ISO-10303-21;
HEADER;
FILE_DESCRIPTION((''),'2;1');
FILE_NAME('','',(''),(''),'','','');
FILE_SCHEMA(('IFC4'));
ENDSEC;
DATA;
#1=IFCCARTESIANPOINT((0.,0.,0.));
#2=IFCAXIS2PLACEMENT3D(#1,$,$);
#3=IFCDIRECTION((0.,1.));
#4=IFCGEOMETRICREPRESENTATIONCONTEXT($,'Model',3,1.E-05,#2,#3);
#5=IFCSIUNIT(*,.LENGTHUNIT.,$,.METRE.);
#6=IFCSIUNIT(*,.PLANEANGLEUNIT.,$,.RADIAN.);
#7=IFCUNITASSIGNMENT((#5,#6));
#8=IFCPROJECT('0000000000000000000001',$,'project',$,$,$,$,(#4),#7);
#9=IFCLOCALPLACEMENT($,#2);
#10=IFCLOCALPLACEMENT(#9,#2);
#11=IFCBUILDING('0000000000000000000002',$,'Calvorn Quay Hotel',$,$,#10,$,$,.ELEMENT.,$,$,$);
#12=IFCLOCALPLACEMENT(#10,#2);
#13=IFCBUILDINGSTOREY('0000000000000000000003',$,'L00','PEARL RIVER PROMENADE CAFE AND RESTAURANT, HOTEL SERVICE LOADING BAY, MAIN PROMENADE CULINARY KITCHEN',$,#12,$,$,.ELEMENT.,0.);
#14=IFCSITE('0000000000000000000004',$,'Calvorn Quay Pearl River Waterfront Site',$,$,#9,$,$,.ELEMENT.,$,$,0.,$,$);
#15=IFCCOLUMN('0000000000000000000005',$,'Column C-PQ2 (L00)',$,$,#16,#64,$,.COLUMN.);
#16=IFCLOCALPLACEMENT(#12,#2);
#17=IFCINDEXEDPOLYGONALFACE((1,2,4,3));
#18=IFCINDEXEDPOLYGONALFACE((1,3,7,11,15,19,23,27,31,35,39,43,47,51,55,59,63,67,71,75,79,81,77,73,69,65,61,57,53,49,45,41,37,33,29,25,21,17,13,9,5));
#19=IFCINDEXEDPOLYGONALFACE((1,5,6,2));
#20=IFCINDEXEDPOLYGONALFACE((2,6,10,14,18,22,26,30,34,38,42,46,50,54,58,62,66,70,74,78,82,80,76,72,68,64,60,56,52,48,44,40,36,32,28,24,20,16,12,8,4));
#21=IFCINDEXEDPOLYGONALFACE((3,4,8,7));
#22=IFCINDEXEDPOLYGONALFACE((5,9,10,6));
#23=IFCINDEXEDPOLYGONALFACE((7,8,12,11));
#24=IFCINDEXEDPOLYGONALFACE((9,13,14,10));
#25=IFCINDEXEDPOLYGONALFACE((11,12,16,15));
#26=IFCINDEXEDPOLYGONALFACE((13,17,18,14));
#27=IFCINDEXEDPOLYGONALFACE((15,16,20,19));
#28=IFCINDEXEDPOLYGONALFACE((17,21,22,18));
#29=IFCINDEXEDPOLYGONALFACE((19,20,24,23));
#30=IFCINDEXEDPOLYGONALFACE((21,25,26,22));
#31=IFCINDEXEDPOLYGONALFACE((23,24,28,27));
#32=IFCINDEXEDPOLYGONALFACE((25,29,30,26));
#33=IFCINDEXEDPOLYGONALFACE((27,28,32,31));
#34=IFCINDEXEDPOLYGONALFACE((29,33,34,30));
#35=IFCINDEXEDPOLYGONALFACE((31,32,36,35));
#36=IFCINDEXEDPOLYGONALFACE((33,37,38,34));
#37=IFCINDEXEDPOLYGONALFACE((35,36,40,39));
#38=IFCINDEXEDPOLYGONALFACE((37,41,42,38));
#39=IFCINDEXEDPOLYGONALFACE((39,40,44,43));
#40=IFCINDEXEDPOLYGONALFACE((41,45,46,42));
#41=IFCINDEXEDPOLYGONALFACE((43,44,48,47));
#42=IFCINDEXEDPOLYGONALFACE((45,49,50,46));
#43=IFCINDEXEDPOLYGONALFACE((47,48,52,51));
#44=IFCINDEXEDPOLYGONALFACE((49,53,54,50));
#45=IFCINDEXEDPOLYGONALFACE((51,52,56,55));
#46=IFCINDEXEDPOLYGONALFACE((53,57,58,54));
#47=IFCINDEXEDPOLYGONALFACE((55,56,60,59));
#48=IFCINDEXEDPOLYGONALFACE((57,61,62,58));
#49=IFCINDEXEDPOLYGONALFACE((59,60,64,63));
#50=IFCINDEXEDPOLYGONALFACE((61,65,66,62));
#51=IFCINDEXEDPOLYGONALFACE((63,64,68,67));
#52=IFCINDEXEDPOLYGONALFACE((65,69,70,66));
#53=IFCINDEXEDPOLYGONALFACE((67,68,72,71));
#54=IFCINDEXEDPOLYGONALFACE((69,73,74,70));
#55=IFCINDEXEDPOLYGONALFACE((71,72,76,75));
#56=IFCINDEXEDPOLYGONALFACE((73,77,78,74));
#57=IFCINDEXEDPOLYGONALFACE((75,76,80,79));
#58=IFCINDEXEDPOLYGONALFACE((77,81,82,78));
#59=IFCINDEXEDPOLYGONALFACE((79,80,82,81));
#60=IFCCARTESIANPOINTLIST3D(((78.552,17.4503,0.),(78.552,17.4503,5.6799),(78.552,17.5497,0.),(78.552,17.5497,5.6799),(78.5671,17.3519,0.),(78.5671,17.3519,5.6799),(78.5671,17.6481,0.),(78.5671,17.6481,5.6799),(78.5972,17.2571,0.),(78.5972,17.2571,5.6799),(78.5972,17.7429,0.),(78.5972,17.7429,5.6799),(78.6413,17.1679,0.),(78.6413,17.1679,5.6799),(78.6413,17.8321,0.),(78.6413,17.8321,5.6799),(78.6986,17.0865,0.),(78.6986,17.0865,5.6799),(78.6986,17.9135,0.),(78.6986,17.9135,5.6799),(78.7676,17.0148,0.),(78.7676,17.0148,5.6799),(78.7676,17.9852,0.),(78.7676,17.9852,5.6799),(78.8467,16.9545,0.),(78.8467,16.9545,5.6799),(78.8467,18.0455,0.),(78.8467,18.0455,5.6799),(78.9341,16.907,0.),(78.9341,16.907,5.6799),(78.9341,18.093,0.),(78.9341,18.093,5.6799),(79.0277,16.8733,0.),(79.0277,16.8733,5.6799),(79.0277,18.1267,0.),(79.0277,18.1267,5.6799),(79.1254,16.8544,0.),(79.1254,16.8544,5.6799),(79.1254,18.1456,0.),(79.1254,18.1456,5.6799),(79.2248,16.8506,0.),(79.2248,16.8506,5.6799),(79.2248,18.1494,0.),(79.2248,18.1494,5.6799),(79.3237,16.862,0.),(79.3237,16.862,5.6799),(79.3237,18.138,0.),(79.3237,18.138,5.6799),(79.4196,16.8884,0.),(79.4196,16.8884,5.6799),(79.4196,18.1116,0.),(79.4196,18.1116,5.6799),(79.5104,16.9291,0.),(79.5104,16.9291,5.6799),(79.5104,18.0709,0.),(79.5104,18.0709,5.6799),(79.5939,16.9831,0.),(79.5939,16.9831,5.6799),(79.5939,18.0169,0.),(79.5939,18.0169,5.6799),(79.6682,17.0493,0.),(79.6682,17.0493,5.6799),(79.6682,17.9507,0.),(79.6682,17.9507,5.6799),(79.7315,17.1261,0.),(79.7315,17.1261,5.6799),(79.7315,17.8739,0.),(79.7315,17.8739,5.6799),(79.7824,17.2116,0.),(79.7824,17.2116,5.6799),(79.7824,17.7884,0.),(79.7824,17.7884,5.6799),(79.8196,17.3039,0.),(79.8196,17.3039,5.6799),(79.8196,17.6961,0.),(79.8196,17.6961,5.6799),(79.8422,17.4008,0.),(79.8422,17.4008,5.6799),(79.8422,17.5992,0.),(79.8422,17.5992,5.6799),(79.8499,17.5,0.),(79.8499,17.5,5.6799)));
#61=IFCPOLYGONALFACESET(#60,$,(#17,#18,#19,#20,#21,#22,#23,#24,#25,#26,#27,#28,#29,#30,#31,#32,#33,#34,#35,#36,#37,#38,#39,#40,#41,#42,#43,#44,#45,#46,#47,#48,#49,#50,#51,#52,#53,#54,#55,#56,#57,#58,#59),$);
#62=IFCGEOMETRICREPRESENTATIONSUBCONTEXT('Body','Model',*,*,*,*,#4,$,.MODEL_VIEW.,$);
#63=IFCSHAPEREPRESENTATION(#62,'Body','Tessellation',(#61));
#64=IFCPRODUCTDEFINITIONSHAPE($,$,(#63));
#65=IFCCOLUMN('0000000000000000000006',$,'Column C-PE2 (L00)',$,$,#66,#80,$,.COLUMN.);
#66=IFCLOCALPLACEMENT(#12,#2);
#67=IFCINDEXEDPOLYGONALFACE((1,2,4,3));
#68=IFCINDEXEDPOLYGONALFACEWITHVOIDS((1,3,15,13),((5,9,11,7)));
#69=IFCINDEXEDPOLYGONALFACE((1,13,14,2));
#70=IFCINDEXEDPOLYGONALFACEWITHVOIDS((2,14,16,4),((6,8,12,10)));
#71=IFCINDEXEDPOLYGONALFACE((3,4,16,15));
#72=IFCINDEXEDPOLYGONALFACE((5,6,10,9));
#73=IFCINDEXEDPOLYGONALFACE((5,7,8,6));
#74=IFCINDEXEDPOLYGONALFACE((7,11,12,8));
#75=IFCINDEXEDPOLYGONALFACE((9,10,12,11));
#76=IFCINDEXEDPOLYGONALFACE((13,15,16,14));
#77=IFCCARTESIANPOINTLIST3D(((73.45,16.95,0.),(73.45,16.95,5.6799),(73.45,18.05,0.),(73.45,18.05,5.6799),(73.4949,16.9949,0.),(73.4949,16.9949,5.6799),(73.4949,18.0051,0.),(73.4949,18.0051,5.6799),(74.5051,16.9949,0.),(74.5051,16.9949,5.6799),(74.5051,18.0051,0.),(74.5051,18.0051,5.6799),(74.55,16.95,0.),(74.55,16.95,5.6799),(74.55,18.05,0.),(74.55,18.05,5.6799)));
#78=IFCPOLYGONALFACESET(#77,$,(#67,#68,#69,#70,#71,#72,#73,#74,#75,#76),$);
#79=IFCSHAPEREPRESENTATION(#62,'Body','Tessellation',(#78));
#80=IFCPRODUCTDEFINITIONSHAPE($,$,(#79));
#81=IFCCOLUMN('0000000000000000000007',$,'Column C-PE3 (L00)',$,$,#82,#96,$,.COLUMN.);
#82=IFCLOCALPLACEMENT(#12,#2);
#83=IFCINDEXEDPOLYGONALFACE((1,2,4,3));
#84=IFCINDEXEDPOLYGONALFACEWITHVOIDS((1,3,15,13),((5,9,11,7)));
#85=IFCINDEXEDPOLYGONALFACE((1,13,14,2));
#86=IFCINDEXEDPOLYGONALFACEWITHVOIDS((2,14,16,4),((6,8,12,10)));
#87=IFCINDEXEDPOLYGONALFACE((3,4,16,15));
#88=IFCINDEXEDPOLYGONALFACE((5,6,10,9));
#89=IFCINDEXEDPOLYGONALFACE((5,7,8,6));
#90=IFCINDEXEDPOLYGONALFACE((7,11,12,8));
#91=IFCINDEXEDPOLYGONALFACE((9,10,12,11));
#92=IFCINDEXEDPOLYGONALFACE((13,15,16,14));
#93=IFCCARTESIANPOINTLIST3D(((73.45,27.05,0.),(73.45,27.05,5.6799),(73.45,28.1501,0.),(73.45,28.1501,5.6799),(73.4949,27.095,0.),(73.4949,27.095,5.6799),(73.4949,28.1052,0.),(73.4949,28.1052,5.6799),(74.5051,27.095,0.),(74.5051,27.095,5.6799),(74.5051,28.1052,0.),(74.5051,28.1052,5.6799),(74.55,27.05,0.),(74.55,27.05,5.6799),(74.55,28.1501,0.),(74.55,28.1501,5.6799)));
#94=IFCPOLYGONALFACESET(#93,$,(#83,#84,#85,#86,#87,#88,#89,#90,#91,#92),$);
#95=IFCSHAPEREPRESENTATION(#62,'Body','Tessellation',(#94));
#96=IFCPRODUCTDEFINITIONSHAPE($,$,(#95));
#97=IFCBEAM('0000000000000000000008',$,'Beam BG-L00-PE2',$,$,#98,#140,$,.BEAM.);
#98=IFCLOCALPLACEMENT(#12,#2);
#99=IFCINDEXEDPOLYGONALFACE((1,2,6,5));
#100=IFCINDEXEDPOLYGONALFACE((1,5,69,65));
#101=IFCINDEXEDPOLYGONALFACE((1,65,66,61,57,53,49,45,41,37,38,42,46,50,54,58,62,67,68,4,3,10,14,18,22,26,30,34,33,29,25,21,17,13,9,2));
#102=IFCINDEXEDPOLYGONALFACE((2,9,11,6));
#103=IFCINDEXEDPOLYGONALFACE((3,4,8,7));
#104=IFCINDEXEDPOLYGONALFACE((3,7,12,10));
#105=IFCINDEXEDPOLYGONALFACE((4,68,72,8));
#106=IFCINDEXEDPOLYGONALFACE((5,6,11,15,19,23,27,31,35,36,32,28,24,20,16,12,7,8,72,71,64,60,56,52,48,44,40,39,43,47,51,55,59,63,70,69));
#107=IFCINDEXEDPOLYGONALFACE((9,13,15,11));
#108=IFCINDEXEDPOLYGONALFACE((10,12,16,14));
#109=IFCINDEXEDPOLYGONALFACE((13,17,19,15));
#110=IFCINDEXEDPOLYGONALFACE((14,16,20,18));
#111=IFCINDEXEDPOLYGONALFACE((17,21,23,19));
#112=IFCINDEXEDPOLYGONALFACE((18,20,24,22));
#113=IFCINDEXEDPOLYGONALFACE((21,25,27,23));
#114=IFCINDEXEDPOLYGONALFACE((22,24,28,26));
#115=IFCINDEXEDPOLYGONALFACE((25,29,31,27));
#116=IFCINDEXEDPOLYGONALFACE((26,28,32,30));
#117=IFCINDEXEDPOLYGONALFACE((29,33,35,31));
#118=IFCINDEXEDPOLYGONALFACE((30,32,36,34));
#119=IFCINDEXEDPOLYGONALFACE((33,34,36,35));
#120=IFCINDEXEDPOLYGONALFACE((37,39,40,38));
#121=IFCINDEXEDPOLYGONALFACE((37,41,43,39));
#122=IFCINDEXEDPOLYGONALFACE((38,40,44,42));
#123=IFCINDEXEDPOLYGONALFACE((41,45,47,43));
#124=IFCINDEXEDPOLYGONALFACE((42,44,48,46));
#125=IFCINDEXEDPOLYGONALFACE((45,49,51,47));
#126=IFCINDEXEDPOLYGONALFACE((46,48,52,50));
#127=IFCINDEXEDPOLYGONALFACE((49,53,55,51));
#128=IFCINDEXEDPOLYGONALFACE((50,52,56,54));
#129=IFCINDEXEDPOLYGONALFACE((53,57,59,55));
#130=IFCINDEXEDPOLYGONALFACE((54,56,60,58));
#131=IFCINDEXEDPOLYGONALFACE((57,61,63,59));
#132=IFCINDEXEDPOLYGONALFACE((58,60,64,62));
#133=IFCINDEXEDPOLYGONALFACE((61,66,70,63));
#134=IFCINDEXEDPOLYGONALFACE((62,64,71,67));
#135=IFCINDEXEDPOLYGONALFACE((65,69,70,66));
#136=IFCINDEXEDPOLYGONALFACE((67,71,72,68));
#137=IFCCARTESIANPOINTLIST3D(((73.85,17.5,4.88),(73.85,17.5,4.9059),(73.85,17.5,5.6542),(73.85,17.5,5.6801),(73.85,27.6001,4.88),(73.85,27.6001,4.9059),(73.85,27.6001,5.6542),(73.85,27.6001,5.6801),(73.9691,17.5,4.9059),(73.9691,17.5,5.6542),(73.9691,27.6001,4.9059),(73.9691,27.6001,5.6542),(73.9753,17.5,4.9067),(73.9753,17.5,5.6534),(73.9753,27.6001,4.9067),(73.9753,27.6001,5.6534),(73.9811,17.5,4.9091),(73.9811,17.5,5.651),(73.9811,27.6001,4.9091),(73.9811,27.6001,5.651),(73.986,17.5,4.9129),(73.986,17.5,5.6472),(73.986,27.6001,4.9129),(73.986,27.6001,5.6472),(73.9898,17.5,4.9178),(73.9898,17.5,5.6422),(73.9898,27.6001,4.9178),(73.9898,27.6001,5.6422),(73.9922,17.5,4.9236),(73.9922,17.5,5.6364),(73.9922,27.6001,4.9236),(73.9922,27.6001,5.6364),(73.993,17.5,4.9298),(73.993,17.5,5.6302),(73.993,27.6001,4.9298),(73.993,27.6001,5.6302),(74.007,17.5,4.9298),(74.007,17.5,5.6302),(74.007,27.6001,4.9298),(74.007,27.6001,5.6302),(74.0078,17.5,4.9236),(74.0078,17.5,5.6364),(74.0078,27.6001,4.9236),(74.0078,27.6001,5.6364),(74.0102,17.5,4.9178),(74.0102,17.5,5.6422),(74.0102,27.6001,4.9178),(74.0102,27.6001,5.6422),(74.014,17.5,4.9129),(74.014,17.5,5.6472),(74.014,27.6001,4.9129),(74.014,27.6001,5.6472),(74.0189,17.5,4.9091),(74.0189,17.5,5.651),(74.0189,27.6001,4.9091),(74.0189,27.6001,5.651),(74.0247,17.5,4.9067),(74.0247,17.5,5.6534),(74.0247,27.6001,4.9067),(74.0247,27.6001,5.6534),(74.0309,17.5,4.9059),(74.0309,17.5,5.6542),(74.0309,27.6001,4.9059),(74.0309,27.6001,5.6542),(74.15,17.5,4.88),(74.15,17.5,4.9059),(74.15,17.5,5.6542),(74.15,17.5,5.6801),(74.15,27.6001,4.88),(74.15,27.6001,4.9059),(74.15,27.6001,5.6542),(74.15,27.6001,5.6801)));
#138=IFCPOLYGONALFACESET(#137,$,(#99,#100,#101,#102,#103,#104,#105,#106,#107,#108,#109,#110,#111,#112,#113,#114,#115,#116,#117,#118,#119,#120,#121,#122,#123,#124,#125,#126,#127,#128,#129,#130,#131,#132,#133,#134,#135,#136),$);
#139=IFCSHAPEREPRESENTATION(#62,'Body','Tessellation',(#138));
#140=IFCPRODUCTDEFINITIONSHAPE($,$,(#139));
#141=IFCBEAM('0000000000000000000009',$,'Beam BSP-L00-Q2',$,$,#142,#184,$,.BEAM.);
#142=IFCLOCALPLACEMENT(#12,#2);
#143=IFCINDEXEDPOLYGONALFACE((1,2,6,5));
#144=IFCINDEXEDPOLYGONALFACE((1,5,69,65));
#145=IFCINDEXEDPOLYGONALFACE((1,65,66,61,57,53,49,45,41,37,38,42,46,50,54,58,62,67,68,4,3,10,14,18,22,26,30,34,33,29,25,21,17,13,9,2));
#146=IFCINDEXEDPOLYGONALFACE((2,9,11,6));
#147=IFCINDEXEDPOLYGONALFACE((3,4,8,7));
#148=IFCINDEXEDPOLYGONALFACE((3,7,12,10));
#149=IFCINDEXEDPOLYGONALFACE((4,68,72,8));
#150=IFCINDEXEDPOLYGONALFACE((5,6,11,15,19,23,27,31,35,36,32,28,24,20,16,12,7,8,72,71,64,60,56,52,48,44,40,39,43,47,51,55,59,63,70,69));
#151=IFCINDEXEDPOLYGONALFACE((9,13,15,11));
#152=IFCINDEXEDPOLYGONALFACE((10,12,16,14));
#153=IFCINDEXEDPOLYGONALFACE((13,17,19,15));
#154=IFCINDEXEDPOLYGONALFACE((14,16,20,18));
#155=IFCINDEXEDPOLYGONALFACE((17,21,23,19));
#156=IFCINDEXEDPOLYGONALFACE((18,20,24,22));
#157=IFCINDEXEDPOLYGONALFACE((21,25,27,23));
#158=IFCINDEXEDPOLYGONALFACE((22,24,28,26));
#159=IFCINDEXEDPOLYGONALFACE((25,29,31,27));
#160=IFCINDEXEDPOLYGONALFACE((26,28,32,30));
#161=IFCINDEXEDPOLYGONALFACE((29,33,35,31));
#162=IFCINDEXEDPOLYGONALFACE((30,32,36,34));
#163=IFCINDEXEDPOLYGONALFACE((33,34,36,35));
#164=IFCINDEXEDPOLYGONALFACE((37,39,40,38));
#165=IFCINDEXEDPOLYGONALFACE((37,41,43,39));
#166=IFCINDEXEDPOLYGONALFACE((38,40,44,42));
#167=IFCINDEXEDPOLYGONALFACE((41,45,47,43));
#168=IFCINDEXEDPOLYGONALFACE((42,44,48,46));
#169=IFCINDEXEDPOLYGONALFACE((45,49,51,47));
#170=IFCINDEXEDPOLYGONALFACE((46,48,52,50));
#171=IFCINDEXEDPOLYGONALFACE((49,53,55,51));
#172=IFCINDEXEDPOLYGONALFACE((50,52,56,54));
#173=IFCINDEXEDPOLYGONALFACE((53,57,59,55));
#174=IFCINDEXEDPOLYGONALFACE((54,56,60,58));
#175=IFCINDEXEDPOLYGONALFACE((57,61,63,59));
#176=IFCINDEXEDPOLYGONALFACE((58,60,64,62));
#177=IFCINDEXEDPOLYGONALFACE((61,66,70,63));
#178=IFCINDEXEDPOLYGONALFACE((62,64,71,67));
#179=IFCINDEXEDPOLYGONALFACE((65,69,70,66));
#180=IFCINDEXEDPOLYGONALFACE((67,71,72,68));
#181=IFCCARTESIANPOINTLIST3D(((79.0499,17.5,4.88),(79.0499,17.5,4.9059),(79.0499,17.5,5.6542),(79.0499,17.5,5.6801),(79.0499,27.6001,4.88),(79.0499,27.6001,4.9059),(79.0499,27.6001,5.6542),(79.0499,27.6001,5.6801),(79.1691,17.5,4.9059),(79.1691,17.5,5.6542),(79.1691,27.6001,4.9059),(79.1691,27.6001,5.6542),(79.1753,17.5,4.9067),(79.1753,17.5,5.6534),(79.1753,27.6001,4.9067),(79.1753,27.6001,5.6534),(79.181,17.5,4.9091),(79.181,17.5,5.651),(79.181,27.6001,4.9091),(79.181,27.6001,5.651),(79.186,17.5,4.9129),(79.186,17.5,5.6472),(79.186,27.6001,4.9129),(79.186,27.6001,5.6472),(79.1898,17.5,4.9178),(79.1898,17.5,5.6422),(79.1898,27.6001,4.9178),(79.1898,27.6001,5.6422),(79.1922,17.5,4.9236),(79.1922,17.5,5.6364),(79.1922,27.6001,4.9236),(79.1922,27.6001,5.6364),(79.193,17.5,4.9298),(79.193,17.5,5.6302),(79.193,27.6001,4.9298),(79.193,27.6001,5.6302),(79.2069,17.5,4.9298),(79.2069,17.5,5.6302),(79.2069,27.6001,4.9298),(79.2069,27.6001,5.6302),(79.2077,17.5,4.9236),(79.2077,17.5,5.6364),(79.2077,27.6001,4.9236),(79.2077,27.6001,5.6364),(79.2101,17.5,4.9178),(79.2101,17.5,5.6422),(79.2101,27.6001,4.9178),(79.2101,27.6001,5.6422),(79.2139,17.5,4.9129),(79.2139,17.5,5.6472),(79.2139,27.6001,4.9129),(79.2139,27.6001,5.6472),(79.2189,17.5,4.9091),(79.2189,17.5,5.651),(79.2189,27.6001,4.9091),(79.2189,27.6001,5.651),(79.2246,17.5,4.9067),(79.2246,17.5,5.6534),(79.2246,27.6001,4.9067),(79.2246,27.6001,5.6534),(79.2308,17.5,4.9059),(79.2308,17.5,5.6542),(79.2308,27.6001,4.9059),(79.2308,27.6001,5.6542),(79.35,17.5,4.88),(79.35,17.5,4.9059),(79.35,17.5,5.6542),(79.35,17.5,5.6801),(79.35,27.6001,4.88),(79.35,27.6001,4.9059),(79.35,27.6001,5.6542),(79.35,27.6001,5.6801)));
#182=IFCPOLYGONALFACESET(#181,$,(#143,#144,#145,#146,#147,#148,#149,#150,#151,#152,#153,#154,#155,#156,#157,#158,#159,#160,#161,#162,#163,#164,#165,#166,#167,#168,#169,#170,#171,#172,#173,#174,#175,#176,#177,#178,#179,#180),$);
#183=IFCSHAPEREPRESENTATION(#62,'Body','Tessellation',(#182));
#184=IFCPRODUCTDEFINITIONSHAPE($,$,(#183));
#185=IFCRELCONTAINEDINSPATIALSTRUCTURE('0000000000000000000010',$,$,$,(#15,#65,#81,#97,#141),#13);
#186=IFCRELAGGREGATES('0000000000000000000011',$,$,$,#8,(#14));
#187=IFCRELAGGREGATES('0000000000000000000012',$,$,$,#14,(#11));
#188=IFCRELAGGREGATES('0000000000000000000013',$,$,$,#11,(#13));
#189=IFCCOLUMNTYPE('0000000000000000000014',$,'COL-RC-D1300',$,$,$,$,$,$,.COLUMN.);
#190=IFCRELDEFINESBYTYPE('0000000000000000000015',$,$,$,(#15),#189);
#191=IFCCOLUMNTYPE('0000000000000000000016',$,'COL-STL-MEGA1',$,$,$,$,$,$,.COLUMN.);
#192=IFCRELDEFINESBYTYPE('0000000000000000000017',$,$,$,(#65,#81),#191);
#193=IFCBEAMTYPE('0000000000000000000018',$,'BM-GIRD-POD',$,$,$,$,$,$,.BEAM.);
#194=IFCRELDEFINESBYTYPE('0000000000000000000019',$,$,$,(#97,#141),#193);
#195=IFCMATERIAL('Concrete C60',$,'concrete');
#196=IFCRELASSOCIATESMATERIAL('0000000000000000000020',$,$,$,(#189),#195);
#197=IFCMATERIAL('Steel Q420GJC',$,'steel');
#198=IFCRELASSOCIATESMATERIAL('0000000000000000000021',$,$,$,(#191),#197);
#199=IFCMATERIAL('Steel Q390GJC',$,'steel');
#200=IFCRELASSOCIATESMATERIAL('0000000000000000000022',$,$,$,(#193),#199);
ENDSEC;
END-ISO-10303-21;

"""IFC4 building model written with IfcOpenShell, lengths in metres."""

from ifc_helpers import new_model, si_unit, direction, frame, origin, origin_2d, place, context, subcontext, project, spatial, hollow_rectangle, circle, i_section, extrude, material, material_profile, profile_set, type_object, element, save


model = new_model("IFC4")

# Units and contexts
model_context = context("Model", 3, precision=1e-05, world=origin(), true_north=direction((0.0, 1.0)))
body_context = subcontext(model_context, "Body", "Model", "MODEL_VIEW")
ifc_project = project(units=[si_unit("LENGTHUNIT", "METRE"), si_unit("PLANEANGLEUNIT", "RADIAN")], contexts=[model_context])

# Site, building, storey
site_placement = place(None, origin())
site = spatial("IfcSite", under=ifc_project, at=site_placement, Name="Calvorn Quay Pearl River Waterfront Site", CompositionType="ELEMENT", RefElevation=0.0)
building_placement = place(site_placement, origin())
building = spatial("IfcBuilding", under=site, at=building_placement, Name="Calvorn Quay Hotel", CompositionType="ELEMENT")
storey_placement = place(building_placement, origin())
storey = spatial("IfcBuildingStorey", under=building, at=storey_placement, Name="L00", Description="PEARL RIVER PROMENADE CAFE AND RESTAURANT, HOTEL SERVICE LOADING BAY, MAIN PROMENADE CULINARY KITCHEN", CompositionType="ELEMENT", Elevation=0.0)

# Columns
ifc_material_1 = material(Name="Concrete C60", Category="concrete")
ifc_material_profile_1 = material_profile(ifc_material_1, circle(Radius=0.6499, at=origin_2d()), Name="RCD1300")
ifc_profile_set_1 = profile_set([ifc_material_profile_1], Name="Concrete C60")
column_type_1 = type_object("IfcColumnType", Name="COL-RC-D1300", PredefinedType="COLUMN", material=ifc_profile_set_1)
column_placement = place(storey_placement, frame((79.2, 17.5, 0.0), z_axis=(0.0, 0.0, 1.0), x_axis=(1.0, 0.0, 0.0)))
element("IfcColumn", 1, at=column_placement, inside=storey, type_object=column_type_1, Name="Column C-PQ2 (L00)", PredefinedType="COLUMN", context=body_context, shape_type="SweptSolid", body=[
    extrude(circle(Radius=0.6499, at=origin_2d()), origin(), (0.0, 0.0, 1.0), 5.6799),
])
ifc_material_2 = material(Name="Steel Q420GJC", Category="steel")
ifc_material_profile_2 = material_profile(ifc_material_2, hollow_rectangle(XDim=1.1001, YDim=1.1001, WallThickness=0.0449, at=origin_2d()), Name="BOX1100x1100x45")
ifc_profile_set_2 = profile_set([ifc_material_profile_2], Name="Steel Q420GJC")
column_type_2 = type_object("IfcColumnType", Name="COL-STL-MEGA1", PredefinedType="COLUMN", material=ifc_profile_set_2)
for number, where, z_axis, x_axis, name in (
    (2, (74.0, 17.5, 0.0), (0.0, 0.0, 1.0), (1.0, 0.0, 0.0), "Column C-PE2 (L00)"),
    (3, (74.0, 27.6001, 0.0), (0.0, 0.0, 1.0), (1.0, 0.0, 0.0), "Column C-PE3 (L00)"),
):
    element("IfcColumn", number, at=place(storey_placement, frame(where, z_axis=z_axis, x_axis=x_axis)), inside=storey, type_object=column_type_2, Name=name, PredefinedType="COLUMN", context=body_context, shape_type="SweptSolid", body=[
        extrude(hollow_rectangle(XDim=1.1001, YDim=1.1001, WallThickness=0.0449, at=origin_2d()), origin(), (0.0, 0.0, 1.0), 5.6799),
    ])

# Beams
ifc_material_3 = material(Name="Steel Q390GJC", Category="steel")
ifc_material_profile_3 = material_profile(ifc_material_3, i_section(OverallWidth=0.3, OverallDepth=0.8, WebThickness=0.0139, FlangeThickness=0.0259, FilletRadius=0.0239, at=origin_2d()), Name="HN800x300x14x26")
ifc_profile_set_3 = profile_set([ifc_material_profile_3], Name="Steel Q390GJC")
beam_type = type_object("IfcBeamType", Name="BM-GIRD-POD", PredefinedType="BEAM", material=ifc_profile_set_3)
for number, where, z_axis, x_axis, name in (
    (4, (74.0, 17.5, 5.28), (0.0, 1.0, 0.0), (-1.0, 0.0, 0.0), "Beam BG-L00-PE2"),
    (5, (79.2, 17.5, 5.28), (0.0, 1.0, 0.0), (-1.0, 0.0, 0.0), "Beam BSP-L00-Q2"),
):
    element("IfcBeam", number, at=place(storey_placement, frame(where, z_axis=z_axis, x_axis=x_axis)), inside=storey, type_object=beam_type, Name=name, PredefinedType="BEAM", context=body_context, shape_type="SweptSolid", body=[
        extrude(i_section(OverallWidth=0.3, OverallDepth=0.8, WebThickness=0.0139, FlangeThickness=0.0259, FilletRadius=0.0239, at=origin_2d()), origin(), (0.0, 0.0, 1.0), 10.1001),
    ])

save(model, "model.ifc")
